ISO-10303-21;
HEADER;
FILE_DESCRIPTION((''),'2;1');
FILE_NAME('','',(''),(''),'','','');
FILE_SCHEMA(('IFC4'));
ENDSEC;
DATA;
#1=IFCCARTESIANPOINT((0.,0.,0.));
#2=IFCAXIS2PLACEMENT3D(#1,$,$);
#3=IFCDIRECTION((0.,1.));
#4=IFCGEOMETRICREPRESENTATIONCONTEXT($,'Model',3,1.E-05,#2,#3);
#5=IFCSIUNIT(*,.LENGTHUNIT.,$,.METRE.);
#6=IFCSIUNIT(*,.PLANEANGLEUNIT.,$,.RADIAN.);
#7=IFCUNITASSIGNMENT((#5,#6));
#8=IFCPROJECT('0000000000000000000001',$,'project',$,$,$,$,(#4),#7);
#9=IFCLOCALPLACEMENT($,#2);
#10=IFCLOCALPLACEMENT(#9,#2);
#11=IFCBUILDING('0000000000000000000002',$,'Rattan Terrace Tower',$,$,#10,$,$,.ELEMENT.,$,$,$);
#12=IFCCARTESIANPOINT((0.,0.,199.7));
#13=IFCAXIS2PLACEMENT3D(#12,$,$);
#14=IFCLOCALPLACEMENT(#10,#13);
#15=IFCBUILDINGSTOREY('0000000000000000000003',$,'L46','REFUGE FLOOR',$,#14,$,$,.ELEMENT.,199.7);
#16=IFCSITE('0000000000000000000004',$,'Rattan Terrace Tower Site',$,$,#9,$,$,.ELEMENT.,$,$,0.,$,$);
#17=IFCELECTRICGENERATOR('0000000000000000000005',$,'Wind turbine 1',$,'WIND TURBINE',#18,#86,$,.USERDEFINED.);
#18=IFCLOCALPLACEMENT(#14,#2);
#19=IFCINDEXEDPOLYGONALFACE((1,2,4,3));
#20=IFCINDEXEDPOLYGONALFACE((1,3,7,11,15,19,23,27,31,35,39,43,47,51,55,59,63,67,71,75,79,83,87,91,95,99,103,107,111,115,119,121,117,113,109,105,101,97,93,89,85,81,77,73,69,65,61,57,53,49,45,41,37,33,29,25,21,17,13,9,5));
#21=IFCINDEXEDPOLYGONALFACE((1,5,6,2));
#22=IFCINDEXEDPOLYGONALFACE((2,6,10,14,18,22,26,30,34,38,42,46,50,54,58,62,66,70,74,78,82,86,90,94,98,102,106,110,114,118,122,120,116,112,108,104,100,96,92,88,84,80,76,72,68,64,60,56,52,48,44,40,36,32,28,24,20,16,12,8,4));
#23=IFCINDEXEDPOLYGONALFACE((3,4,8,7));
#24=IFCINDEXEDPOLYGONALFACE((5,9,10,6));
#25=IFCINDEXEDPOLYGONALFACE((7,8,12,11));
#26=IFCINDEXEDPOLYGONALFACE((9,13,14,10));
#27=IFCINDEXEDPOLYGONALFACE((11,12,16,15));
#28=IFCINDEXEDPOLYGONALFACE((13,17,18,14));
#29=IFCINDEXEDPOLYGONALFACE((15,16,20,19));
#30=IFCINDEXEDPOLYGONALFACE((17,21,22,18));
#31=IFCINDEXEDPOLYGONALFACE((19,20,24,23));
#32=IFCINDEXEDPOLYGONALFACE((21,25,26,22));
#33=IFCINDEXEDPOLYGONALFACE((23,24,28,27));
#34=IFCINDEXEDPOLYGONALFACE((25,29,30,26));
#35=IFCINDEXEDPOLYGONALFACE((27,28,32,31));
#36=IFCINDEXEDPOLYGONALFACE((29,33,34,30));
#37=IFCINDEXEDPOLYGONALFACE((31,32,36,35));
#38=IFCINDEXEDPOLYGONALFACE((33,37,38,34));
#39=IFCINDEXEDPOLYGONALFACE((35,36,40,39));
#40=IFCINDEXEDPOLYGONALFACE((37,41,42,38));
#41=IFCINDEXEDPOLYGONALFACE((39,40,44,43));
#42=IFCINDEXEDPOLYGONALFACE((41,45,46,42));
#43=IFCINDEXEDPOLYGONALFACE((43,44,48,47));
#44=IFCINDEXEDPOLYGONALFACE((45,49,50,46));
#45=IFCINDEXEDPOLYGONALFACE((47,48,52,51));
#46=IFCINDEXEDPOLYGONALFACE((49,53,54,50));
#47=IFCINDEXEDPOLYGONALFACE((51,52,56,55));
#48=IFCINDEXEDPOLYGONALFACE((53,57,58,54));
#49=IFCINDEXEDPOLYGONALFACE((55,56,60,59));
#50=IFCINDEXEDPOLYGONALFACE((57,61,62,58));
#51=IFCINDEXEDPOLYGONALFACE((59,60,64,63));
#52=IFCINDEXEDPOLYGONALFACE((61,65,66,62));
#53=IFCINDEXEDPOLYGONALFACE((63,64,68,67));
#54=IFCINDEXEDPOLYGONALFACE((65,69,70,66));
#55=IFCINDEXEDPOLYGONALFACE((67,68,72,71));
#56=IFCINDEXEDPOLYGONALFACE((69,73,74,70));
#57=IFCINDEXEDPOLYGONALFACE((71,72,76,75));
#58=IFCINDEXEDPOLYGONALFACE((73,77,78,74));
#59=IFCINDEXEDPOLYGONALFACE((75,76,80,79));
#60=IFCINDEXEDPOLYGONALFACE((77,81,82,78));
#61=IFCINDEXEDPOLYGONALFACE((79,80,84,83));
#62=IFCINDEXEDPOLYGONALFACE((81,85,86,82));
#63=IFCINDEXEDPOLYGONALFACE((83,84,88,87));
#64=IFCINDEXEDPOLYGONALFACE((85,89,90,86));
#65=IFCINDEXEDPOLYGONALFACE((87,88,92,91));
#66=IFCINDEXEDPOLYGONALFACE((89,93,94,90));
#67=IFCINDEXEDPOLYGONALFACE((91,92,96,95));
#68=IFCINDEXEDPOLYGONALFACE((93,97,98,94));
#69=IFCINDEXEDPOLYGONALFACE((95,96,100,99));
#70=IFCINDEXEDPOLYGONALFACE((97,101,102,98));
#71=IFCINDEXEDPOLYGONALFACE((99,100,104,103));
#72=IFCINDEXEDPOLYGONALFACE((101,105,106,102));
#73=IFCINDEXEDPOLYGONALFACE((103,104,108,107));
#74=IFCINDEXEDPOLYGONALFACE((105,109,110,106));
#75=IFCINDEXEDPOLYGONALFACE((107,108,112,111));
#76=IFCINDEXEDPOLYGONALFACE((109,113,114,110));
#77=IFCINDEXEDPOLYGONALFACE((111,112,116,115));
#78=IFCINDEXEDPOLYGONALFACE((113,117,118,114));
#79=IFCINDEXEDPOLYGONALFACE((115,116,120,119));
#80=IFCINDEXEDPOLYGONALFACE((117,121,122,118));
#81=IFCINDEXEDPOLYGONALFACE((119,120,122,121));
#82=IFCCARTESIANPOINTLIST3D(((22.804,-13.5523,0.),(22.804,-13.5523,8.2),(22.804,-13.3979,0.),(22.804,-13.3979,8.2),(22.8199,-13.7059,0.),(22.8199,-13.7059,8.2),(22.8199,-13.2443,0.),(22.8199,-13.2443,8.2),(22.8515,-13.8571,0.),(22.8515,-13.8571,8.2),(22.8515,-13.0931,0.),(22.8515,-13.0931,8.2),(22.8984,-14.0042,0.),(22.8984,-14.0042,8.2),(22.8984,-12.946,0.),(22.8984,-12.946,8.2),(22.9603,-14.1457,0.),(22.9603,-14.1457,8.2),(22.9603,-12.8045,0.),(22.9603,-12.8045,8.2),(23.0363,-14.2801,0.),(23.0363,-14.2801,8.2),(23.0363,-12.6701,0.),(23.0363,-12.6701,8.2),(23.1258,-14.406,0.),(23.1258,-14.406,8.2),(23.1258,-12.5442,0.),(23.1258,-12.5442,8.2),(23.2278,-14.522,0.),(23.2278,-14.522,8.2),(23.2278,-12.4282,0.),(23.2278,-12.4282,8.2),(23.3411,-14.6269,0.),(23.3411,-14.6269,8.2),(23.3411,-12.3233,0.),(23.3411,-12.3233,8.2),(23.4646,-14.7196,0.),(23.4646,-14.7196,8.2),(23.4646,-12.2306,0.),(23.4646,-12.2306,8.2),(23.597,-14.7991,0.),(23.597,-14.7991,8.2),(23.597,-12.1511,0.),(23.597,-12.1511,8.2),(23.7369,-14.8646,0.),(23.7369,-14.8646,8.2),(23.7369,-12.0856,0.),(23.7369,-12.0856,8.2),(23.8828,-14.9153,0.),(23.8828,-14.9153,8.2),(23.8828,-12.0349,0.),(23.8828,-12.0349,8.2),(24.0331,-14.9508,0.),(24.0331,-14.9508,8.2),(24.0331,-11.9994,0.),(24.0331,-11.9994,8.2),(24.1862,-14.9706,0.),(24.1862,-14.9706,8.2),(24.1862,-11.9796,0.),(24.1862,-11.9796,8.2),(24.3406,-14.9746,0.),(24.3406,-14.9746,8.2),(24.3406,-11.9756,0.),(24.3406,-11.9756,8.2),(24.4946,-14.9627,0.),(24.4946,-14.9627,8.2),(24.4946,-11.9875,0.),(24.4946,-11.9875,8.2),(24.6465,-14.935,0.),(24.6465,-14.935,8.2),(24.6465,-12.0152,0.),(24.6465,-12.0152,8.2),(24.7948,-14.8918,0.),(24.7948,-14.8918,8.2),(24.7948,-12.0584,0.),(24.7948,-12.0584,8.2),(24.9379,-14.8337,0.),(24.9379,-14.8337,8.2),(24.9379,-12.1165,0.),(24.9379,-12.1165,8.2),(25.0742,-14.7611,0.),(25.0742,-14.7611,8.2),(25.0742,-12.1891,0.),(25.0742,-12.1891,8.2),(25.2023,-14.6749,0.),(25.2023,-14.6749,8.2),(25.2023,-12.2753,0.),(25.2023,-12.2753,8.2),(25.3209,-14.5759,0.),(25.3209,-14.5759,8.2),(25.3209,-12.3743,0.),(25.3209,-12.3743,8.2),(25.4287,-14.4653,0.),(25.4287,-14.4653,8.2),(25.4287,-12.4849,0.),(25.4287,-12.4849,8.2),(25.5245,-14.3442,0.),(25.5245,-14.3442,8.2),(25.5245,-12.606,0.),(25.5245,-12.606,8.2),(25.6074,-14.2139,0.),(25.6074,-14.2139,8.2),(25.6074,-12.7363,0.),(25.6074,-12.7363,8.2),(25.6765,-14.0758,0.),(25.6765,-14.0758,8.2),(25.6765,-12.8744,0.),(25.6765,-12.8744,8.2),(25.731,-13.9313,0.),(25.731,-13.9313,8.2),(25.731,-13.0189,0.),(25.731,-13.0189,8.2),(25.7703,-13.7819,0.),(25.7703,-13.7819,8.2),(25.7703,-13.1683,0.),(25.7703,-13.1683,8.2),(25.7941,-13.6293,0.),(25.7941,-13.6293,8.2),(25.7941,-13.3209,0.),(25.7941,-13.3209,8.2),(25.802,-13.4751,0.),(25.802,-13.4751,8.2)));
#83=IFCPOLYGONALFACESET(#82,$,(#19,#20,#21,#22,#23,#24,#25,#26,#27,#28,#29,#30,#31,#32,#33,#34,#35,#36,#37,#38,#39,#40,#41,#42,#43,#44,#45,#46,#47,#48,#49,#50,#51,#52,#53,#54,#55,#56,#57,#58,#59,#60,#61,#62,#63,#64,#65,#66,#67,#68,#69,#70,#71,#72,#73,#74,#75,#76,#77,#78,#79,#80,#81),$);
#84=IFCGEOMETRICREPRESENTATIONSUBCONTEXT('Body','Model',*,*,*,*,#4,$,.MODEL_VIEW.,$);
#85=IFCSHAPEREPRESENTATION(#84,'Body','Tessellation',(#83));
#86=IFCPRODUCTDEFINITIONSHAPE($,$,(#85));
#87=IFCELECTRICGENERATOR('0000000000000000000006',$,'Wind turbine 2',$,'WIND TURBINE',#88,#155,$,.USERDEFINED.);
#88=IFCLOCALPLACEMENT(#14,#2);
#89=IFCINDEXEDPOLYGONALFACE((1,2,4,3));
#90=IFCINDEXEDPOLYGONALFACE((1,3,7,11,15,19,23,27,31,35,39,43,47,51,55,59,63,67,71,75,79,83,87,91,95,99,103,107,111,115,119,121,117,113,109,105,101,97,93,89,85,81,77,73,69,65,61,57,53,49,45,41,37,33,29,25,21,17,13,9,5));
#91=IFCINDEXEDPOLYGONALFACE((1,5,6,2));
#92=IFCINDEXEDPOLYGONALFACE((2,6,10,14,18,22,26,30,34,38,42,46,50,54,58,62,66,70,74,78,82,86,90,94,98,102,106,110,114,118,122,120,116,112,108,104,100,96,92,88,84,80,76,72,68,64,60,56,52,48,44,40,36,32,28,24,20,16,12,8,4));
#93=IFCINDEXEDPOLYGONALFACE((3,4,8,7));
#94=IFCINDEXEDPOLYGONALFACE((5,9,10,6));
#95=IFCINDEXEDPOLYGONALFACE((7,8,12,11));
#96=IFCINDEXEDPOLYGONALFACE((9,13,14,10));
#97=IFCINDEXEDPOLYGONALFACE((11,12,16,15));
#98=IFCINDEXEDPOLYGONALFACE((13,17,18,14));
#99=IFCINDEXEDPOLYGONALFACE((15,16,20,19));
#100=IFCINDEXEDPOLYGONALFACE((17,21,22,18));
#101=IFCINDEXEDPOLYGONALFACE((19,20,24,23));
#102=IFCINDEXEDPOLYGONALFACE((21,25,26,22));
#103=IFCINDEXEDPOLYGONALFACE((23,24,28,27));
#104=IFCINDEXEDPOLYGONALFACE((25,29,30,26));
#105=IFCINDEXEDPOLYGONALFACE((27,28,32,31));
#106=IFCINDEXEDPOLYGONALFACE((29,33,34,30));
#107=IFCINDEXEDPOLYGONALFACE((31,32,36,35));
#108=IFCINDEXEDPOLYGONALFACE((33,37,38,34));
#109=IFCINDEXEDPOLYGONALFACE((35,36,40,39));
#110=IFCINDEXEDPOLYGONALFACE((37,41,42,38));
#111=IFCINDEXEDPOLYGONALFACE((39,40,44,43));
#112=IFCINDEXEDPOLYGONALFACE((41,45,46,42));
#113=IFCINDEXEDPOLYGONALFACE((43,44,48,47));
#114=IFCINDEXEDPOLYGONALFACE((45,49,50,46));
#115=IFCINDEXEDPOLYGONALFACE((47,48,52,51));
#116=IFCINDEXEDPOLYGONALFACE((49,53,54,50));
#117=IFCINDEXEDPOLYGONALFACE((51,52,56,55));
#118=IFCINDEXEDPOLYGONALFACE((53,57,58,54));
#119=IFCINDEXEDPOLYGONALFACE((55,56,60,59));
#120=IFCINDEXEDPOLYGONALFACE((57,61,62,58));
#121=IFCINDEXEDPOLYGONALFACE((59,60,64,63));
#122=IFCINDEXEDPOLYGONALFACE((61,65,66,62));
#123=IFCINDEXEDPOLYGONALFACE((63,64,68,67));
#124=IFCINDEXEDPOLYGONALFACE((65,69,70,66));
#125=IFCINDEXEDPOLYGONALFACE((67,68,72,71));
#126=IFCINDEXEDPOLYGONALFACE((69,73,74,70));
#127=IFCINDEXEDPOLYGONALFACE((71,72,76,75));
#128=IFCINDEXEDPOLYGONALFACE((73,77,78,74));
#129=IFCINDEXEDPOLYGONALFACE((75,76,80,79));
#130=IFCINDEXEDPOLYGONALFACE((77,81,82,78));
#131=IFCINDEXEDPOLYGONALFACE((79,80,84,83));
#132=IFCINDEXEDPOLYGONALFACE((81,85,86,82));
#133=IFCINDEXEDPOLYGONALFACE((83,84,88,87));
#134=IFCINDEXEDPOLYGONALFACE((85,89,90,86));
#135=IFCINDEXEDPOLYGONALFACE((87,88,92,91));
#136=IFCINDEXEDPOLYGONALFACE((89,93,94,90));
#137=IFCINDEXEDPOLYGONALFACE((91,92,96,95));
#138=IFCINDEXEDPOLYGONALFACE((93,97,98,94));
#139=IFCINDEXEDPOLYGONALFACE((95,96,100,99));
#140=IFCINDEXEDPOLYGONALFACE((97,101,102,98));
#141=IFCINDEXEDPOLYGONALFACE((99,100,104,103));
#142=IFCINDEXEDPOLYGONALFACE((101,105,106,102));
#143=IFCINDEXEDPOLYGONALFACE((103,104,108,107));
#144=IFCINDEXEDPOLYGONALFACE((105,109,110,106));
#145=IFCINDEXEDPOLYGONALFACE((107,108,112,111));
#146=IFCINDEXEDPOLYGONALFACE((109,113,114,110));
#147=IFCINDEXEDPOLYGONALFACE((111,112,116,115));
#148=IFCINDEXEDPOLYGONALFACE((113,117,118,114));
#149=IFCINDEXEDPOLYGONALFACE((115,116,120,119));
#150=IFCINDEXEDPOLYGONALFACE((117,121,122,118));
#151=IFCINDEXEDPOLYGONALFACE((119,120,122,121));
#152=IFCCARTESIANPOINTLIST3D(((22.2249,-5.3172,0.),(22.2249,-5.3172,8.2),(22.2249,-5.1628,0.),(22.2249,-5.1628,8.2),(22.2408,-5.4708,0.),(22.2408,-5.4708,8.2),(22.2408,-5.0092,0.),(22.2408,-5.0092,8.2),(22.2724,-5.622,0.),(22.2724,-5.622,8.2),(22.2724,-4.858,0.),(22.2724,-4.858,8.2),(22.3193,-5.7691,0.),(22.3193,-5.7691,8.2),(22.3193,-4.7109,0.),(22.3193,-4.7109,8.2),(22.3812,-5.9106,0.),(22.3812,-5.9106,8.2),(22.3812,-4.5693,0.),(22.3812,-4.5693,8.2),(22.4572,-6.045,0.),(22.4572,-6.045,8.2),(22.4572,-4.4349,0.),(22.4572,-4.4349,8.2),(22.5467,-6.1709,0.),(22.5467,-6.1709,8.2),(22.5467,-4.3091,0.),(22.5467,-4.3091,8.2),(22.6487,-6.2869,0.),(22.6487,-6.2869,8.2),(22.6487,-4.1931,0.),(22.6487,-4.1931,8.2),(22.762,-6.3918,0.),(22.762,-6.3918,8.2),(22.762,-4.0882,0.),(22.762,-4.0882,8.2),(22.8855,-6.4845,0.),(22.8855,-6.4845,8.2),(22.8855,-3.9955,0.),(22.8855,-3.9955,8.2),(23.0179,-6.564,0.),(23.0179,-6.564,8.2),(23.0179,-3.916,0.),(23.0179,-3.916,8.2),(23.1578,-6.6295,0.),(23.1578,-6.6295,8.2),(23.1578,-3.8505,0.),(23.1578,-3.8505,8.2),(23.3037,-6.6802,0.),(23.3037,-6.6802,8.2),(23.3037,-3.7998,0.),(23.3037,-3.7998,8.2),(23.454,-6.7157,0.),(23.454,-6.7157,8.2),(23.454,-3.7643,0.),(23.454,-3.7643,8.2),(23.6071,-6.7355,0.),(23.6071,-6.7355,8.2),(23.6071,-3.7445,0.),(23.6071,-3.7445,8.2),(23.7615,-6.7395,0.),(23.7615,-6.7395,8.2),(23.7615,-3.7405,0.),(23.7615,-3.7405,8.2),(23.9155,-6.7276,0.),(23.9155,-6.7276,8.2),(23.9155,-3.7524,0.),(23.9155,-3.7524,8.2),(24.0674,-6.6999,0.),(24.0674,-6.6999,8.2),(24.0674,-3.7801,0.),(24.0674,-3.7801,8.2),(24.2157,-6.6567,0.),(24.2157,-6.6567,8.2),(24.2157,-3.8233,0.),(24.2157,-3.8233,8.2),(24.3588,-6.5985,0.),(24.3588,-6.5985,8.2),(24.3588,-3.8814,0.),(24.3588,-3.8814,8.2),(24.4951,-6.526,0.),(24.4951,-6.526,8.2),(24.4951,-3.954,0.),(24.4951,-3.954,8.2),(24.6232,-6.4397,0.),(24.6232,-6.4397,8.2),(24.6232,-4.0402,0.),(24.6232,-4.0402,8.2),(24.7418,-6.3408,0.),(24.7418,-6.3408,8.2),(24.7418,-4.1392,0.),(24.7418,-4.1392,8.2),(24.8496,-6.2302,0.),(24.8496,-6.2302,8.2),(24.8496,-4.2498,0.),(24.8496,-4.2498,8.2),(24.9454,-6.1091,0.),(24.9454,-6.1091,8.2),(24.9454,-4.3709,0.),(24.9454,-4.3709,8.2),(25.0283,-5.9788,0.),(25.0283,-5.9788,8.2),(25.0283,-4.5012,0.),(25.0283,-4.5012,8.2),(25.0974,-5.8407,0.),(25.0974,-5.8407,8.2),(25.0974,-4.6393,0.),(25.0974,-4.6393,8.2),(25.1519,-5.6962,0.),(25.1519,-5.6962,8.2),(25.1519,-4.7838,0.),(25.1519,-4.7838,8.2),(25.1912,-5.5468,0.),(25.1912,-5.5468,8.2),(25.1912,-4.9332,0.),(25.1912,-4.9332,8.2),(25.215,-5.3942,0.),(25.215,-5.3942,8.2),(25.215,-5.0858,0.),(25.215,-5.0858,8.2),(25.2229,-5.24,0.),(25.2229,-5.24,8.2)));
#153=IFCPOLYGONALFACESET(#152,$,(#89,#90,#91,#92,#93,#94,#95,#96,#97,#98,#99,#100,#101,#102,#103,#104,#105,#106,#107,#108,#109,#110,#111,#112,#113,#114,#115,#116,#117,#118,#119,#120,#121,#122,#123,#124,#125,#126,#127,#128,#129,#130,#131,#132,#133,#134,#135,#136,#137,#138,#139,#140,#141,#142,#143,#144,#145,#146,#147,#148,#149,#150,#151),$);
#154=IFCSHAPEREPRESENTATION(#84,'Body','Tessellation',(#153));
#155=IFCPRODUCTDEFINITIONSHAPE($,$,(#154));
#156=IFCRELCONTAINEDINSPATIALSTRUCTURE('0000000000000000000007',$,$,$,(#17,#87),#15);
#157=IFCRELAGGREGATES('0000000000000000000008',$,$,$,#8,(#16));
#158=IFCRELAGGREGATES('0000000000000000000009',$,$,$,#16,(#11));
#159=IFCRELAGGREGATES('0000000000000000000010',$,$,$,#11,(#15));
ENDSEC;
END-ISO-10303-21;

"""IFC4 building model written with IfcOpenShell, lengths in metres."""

from ifc_helpers import new_model, si_unit, direction, frame, origin, origin_2d, place, context, subcontext, project, spatial, circle, extrude, element, save


model = new_model("IFC4")

# Units and contexts
model_context = context("Model", 3, precision=1e-05, world=origin(), true_north=direction((0.0, 1.0)))
body_context = subcontext(model_context, "Body", "Model", "MODEL_VIEW")
ifc_project = project(units=[si_unit("LENGTHUNIT", "METRE"), si_unit("PLANEANGLEUNIT", "RADIAN")], contexts=[model_context])

# Site, building, storey
site_placement = place(None, origin())
site = spatial("IfcSite", under=ifc_project, at=site_placement, Name="Rattan Terrace Tower Site", CompositionType="ELEMENT", RefElevation=0.0)
building_placement = place(site_placement, origin())
building = spatial("IfcBuilding", under=site, at=building_placement, Name="Rattan Terrace Tower", CompositionType="ELEMENT")
storey_placement = place(building_placement, frame((0.0, 0.0, 199.7)))
storey = spatial("IfcBuildingStorey", under=building, at=storey_placement, Name="L46", Description="REFUGE FLOOR", CompositionType="ELEMENT", Elevation=199.7)

# Electric generators
for number, where, name in (
    (1, (24.302, -13.4751, 0.0), "Wind turbine 1"),
    (2, (23.7229, -5.24, 0.0), "Wind turbine 2"),
):
    element("IfcElectricGenerator", number, at=place(storey_placement, frame(where)), inside=storey, Name=name, ObjectType="WIND TURBINE", PredefinedType="USERDEFINED", context=body_context, shape_type="SweptSolid", body=[
        extrude(circle(Radius=1.5, at=origin_2d()), origin(), (0.0, 0.0, 1.0), 8.2),
    ])

save(model, "model.ifc")
